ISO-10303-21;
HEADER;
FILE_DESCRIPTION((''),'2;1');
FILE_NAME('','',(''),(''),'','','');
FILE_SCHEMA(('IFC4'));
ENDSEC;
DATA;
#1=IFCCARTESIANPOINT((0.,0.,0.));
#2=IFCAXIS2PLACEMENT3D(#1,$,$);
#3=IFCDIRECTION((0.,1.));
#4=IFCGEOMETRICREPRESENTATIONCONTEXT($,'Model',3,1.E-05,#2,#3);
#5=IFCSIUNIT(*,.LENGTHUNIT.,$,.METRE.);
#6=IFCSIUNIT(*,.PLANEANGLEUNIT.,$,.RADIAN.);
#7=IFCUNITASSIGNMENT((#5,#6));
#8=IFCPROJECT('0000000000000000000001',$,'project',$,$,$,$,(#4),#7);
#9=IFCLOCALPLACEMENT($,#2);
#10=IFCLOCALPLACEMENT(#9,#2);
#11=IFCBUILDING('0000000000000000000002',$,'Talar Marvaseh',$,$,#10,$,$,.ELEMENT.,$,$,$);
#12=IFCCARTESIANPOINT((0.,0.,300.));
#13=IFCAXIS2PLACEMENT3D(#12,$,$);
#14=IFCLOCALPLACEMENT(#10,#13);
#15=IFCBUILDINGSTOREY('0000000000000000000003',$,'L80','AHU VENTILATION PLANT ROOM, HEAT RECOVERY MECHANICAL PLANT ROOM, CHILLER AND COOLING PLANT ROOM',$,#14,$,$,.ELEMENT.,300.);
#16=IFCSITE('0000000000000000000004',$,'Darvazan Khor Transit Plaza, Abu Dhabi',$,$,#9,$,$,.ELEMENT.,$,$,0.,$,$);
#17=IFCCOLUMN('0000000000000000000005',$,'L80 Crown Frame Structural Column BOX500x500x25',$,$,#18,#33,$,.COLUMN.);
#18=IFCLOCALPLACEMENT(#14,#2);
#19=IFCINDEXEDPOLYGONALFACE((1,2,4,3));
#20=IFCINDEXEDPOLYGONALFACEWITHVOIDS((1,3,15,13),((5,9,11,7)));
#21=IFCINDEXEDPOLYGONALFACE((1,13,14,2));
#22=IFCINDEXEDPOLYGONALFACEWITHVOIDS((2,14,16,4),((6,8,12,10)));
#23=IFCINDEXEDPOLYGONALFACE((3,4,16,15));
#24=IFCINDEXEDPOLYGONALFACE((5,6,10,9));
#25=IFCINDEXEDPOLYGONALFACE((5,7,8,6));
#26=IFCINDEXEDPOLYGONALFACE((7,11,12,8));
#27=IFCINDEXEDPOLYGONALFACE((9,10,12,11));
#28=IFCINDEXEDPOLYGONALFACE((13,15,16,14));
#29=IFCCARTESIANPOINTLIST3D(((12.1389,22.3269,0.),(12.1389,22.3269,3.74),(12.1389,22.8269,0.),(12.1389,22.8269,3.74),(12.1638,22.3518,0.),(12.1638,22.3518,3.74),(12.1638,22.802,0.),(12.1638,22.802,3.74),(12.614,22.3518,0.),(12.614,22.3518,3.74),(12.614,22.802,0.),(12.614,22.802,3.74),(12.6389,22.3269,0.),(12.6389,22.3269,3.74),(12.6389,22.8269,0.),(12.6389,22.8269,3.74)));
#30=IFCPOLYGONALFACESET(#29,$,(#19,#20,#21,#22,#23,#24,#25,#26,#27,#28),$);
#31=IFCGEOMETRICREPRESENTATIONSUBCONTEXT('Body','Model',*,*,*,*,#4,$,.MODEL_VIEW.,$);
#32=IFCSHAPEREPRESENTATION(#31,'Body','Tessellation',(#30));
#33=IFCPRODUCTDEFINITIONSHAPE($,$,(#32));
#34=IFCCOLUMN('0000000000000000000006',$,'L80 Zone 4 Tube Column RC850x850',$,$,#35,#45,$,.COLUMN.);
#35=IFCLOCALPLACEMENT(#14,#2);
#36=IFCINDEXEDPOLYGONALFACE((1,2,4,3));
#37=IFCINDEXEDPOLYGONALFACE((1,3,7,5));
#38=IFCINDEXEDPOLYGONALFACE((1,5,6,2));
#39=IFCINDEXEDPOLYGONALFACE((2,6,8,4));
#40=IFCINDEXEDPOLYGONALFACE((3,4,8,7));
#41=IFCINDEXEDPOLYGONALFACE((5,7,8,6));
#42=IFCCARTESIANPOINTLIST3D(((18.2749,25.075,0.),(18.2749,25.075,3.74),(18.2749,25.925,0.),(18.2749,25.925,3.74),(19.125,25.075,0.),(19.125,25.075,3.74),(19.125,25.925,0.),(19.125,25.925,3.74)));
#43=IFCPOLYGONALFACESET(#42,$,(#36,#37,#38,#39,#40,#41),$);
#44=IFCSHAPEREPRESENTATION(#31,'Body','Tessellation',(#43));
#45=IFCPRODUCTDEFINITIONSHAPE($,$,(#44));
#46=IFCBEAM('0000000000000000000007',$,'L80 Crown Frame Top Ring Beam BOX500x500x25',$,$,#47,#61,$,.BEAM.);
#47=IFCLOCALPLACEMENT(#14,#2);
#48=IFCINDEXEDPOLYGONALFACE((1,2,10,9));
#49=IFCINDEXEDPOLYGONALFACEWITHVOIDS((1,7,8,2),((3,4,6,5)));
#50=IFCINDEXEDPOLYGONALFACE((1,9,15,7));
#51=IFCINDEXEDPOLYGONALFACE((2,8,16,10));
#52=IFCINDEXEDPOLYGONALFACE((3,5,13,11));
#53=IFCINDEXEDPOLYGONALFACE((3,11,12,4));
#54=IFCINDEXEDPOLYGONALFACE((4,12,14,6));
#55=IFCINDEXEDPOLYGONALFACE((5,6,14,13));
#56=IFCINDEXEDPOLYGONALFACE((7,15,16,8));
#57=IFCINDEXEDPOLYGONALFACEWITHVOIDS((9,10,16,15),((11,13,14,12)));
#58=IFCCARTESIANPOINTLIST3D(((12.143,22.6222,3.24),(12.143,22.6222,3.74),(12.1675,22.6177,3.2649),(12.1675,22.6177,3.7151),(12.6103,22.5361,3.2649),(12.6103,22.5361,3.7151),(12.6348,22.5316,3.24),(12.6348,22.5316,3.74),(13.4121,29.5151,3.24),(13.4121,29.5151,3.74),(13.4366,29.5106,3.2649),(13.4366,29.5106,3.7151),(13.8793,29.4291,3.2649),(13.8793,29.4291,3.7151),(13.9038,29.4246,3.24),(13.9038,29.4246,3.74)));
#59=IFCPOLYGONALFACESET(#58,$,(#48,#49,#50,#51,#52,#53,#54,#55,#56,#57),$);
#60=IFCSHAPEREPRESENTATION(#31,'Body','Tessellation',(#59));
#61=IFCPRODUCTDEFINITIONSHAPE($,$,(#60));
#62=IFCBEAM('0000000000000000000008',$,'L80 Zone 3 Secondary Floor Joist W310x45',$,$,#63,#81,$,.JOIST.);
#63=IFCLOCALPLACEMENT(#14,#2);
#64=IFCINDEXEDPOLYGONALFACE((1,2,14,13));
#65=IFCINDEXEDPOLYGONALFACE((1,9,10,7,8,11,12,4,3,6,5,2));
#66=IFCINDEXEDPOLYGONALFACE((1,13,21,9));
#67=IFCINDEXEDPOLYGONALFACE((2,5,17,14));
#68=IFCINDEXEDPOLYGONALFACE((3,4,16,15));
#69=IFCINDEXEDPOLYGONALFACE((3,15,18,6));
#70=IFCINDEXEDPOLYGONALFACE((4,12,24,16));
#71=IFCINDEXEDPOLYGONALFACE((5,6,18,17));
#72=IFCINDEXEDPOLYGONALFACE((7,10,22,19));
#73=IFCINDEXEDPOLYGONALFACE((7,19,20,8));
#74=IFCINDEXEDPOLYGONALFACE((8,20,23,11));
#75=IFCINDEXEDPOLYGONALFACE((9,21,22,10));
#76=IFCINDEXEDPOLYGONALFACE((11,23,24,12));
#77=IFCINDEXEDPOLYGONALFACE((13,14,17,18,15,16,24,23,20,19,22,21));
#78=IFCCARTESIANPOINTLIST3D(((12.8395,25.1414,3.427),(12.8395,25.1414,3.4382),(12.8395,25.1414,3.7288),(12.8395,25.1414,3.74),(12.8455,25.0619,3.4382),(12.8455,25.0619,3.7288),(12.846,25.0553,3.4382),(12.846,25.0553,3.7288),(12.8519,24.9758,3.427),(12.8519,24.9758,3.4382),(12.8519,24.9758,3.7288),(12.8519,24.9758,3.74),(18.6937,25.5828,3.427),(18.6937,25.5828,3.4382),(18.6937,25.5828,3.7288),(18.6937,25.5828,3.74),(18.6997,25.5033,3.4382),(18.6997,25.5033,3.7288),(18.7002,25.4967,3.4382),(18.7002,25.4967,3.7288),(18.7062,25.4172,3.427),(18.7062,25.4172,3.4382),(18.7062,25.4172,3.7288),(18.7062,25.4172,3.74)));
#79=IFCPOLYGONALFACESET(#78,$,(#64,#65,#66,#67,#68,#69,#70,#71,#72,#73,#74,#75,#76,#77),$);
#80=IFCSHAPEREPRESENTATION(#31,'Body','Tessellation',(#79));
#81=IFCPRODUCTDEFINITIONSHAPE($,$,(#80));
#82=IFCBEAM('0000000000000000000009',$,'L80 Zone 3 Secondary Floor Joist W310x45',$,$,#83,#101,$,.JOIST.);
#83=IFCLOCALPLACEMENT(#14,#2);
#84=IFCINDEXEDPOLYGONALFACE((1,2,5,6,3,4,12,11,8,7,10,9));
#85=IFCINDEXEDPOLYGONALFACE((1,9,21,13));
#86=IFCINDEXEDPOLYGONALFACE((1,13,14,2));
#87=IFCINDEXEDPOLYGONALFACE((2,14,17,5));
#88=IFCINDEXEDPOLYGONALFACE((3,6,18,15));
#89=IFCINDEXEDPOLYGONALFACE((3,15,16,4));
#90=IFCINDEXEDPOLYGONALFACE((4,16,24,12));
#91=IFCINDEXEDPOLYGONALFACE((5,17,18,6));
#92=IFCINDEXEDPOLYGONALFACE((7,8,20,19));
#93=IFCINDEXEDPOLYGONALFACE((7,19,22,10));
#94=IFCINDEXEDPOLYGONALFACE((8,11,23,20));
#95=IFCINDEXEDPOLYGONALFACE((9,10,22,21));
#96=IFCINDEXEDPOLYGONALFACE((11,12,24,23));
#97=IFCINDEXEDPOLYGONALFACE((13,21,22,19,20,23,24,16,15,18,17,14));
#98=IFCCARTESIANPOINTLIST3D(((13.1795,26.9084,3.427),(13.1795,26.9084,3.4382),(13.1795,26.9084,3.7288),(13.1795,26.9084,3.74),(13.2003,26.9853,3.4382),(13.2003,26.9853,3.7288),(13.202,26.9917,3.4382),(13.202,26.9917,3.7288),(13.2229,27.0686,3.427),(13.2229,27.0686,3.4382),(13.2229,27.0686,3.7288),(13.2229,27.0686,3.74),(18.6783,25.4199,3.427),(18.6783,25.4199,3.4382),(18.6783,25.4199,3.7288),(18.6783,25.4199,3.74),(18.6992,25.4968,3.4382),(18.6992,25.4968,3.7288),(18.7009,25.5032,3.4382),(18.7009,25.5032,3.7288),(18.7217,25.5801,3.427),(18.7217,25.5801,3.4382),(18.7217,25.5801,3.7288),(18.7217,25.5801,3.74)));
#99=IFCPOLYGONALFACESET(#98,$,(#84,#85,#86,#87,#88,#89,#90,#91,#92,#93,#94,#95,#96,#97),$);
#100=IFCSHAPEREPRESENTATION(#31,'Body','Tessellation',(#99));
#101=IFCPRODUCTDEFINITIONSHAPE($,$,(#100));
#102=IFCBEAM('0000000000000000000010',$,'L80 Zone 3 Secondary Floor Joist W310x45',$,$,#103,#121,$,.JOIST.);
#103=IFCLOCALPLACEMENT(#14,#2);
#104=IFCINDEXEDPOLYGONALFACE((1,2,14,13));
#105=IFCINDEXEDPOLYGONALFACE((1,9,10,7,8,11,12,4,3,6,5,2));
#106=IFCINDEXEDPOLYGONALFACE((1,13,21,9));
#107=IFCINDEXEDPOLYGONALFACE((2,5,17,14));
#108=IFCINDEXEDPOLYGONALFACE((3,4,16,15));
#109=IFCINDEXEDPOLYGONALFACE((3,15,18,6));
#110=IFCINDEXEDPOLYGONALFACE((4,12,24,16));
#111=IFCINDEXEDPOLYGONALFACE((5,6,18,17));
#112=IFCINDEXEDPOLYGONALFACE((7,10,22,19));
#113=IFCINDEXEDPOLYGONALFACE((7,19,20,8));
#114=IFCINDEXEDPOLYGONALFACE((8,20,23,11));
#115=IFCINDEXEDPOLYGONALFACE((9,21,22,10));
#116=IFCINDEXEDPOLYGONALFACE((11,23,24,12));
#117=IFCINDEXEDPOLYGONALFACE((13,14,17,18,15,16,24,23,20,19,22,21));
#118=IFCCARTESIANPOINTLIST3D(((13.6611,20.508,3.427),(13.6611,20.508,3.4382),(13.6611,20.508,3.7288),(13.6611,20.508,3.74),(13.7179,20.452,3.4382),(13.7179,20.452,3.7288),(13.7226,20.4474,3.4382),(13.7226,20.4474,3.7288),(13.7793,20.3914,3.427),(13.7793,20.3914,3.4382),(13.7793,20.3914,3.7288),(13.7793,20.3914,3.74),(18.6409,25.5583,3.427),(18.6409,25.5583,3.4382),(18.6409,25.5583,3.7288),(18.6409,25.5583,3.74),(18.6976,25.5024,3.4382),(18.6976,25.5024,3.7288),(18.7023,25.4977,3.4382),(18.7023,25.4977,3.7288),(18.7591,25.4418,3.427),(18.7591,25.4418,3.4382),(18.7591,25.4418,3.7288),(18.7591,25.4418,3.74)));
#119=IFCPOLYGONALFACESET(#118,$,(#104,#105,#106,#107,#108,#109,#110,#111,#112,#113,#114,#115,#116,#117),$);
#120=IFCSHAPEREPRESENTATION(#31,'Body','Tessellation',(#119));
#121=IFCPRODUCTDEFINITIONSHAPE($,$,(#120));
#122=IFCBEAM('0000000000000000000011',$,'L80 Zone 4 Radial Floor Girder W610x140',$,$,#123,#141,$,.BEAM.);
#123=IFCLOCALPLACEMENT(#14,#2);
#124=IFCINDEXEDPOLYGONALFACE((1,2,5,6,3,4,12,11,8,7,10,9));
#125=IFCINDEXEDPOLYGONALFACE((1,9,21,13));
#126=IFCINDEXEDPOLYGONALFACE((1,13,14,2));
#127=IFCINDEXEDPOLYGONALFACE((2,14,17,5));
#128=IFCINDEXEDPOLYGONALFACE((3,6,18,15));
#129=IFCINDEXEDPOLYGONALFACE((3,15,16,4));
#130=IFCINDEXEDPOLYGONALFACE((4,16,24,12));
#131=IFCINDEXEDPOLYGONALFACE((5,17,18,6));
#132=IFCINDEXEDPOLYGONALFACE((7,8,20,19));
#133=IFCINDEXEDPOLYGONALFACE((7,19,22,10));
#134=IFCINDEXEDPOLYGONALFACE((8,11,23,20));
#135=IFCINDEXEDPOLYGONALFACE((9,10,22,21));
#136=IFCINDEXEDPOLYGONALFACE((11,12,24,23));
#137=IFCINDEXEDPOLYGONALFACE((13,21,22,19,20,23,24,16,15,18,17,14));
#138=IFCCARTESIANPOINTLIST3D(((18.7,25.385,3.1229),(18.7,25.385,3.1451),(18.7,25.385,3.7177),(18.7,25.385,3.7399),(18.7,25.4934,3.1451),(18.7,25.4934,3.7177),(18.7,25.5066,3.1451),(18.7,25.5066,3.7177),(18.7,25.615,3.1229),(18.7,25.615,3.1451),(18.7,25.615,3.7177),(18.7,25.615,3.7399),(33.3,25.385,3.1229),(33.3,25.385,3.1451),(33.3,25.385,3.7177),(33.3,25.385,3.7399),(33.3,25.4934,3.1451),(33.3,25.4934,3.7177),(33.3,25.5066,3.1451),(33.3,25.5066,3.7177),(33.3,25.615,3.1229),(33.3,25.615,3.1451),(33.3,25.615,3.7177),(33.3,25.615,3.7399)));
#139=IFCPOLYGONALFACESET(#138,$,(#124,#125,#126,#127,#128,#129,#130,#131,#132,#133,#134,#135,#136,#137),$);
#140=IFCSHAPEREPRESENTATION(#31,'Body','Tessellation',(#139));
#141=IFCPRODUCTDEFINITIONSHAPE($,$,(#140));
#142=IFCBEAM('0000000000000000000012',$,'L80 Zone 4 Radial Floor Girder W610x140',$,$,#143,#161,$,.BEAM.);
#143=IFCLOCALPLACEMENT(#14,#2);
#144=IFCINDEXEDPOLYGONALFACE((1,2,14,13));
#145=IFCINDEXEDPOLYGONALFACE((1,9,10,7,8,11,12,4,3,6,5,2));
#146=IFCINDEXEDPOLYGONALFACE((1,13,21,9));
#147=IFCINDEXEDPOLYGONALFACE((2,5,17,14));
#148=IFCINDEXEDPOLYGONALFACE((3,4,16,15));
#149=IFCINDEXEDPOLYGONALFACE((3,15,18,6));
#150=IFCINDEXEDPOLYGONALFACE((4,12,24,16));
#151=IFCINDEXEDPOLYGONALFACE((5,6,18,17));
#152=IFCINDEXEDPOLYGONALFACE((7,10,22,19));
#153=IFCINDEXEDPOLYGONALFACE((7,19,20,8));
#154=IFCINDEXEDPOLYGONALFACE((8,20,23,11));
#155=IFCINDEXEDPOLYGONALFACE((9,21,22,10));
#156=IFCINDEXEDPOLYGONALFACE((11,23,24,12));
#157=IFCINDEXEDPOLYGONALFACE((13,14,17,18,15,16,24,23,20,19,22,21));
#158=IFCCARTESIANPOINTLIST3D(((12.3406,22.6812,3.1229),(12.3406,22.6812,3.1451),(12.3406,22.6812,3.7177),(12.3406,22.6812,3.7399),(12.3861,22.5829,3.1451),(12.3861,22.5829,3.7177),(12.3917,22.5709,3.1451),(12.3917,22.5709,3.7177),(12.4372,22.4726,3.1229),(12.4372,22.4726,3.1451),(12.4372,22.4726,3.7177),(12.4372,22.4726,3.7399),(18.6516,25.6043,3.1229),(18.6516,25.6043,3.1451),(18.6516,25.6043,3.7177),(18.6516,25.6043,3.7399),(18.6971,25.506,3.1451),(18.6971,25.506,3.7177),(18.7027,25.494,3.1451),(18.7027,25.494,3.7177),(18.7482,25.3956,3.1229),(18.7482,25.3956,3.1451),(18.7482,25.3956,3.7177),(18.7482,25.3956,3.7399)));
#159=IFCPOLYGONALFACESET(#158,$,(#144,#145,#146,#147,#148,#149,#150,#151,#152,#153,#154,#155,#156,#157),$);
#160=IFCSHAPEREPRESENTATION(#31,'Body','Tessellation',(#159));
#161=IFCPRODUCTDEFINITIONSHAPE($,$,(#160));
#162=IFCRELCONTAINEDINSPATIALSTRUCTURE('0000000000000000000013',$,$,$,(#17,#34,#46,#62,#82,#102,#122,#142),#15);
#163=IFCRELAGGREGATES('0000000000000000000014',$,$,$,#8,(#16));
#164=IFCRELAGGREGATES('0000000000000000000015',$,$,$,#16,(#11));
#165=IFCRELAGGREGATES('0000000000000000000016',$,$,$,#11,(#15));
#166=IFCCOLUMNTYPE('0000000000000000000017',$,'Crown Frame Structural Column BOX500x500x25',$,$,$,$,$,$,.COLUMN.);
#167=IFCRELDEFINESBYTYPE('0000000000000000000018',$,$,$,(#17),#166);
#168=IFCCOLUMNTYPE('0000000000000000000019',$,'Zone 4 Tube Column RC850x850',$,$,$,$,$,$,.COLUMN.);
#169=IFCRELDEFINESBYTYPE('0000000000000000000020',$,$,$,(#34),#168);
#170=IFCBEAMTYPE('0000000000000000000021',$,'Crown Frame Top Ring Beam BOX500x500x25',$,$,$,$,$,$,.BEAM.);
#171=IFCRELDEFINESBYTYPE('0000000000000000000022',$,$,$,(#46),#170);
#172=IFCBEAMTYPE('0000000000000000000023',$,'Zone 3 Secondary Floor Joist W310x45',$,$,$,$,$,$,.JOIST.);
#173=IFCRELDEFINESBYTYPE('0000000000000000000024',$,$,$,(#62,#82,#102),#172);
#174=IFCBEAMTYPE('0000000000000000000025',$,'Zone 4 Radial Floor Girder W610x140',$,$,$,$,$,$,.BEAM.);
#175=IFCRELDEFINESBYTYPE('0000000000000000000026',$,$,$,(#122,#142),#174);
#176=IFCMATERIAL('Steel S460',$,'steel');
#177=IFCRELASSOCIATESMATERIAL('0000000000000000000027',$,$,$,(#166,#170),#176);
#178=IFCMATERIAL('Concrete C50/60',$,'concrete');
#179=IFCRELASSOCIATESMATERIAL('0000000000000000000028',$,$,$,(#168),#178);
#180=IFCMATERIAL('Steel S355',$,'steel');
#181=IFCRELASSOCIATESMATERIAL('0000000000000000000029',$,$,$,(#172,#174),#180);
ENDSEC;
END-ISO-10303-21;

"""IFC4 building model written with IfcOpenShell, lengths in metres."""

from ifc_helpers import new_model, si_unit, direction, frame, origin, origin_2d, place, context, subcontext, project, spatial, rectangle, hollow_rectangle, i_section, extrude, material, material_profile, profile_set, type_object, element, save


model = new_model("IFC4")

# Units and contexts
model_context = context("Model", 3, precision=1e-05, world=origin(), true_north=direction((0.0, 1.0)))
body_context = subcontext(model_context, "Body", "Model", "MODEL_VIEW")
ifc_project = project(units=[si_unit("LENGTHUNIT", "METRE"), si_unit("PLANEANGLEUNIT", "RADIAN")], contexts=[model_context])

# Site, building, storey
site_placement = place(None, origin())
site = spatial("IfcSite", under=ifc_project, at=site_placement, Name="Darvazan Khor Transit Plaza, Abu Dhabi", CompositionType="ELEMENT", RefElevation=0.0)
building_placement = place(site_placement, origin())
building = spatial("IfcBuilding", under=site, at=building_placement, Name="Talar Marvaseh", CompositionType="ELEMENT")
storey_placement = place(building_placement, frame((0.0, 0.0, 300.0)))
storey = spatial("IfcBuildingStorey", under=building, at=storey_placement, Name="L80", Description="AHU VENTILATION PLANT ROOM, HEAT RECOVERY MECHANICAL PLANT ROOM, CHILLER AND COOLING PLANT ROOM", CompositionType="ELEMENT", Elevation=300.0)

# Columns
ifc_material_1 = material(Name="Steel S460", Category="steel")
ifc_material_profile_1 = material_profile(ifc_material_1, hollow_rectangle(XDim=0.5, YDim=0.5, WallThickness=0.0249, at=origin_2d()), Name="BOX500x500x25")
ifc_profile_set_1 = profile_set([ifc_material_profile_1], Name="Steel S460")
column_type_1 = type_object("IfcColumnType", Name="Crown Frame Structural Column BOX500x500x25", PredefinedType="COLUMN", material=ifc_profile_set_1)
column_1_placement = place(storey_placement, frame((12.3889, 22.5769, 0.0), z_axis=(0.0, 0.0, 1.0), x_axis=(1.0, 0.0, 0.0)))
element("IfcColumn", 1, at=column_1_placement, inside=storey, type_object=column_type_1, Name="L80 Crown Frame Structural Column BOX500x500x25", PredefinedType="COLUMN", context=body_context, shape_type="SweptSolid", body=[
    extrude(hollow_rectangle(XDim=0.5, YDim=0.5, WallThickness=0.0249, at=origin_2d()), origin(), (0.0, 0.0, 1.0), 3.74),
])
ifc_material_2 = material(Name="Concrete C50/60", Category="concrete")
ifc_material_profile_2 = material_profile(ifc_material_2, rectangle(XDim=0.8501, YDim=0.8501, at=origin_2d()), Name="RC850x850")
ifc_profile_set_2 = profile_set([ifc_material_profile_2], Name="Concrete C50/60")
column_type_2 = type_object("IfcColumnType", Name="Zone 4 Tube Column RC850x850", PredefinedType="COLUMN", material=ifc_profile_set_2)
column_2_placement = place(storey_placement, frame((18.7, 25.5, 0.0), z_axis=(0.0, 0.0, 1.0), x_axis=(1.0, 0.0, 0.0)))
element("IfcColumn", 2, at=column_2_placement, inside=storey, type_object=column_type_2, Name="L80 Zone 4 Tube Column RC850x850", PredefinedType="COLUMN", context=body_context, shape_type="SweptSolid", body=[
    extrude(rectangle(XDim=0.8501, YDim=0.8501, at=origin_2d()), origin(), (0.0, 0.0, 1.0), 3.74),
])

# Beams
ifc_material_profile_3 = material_profile(ifc_material_1, hollow_rectangle(XDim=0.5, YDim=0.5, WallThickness=0.0249, at=origin_2d()), Name="BOX500x500x25")
ifc_profile_set_3 = profile_set([ifc_material_profile_3], Name="Steel S460")
beam_type_1 = type_object("IfcBeamType", Name="Crown Frame Top Ring Beam BOX500x500x25", PredefinedType="BEAM", material=ifc_profile_set_3)
beam_1_placement = place(storey_placement, frame((12.3889, 22.5769, 3.49), z_axis=(0.181061, 0.983472, 0.0), x_axis=(-0.983472, 0.181061, 0.0)))
element("IfcBeam", 3, at=beam_1_placement, inside=storey, type_object=beam_type_1, Name="L80 Crown Frame Top Ring Beam BOX500x500x25", PredefinedType="BEAM", context=body_context, shape_type="SweptSolid", body=[
    extrude(hollow_rectangle(XDim=0.5, YDim=0.5, WallThickness=0.0249, at=origin_2d()), origin(), (0.0, 0.0, 1.0), 7.0088),
])
ifc_material_3 = material(Name="Steel S355", Category="steel")
ifc_material_profile_4 = material_profile(ifc_material_3, i_section(OverallWidth=0.166, OverallDepth=0.313, WebThickness=0.0066, FlangeThickness=0.0112, at=origin_2d()), Name="W310x45")
ifc_profile_set_4 = profile_set([ifc_material_profile_4], Name="Steel S355")
beam_type_2 = type_object("IfcBeamType", Name="Zone 3 Secondary Floor Joist W310x45", PredefinedType="JOIST", material=ifc_profile_set_4)
beam_2_placement = place(storey_placement, frame((12.8457, 25.0586, 3.5835), z_axis=(0.99717, 0.075186, 0.0), x_axis=(-0.075186, 0.99717, 0.0)))
element("IfcBeam", 4, at=beam_2_placement, inside=storey, type_object=beam_type_2, Name="L80 Zone 3 Secondary Floor Joist W310x45", PredefinedType="JOIST", context=body_context, shape_type="SweptSolid", body=[
    extrude(i_section(OverallWidth=0.166, OverallDepth=0.313, WebThickness=0.0066, FlangeThickness=0.0112, at=origin_2d()), origin(), (0.0, 0.0, 1.0), 5.8708),
])
beam_3_placement = place(storey_placement, frame((13.2012, 26.9885, 3.5835), z_axis=(0.965259, -0.261297, 0.0), x_axis=(0.261297, 0.965259, 0.0)))
element("IfcBeam", 5, at=beam_3_placement, inside=storey, type_object=beam_type_2, Name="L80 Zone 3 Secondary Floor Joist W310x45", PredefinedType="JOIST", context=body_context, shape_type="SweptSolid", body=[
    extrude(i_section(OverallWidth=0.166, OverallDepth=0.313, WebThickness=0.0066, FlangeThickness=0.0112, at=origin_2d()), origin(), (0.0, 0.0, 1.0), 5.6968),
])
beam_4_placement = place(storey_placement, frame((13.7202, 20.4497, 3.5835), z_axis=(0.702115, 0.712063, 0.0), x_axis=(-0.712063, 0.702115, 0.0)))
element("IfcBeam", 6, at=beam_4_placement, inside=storey, type_object=beam_type_2, Name="L80 Zone 3 Secondary Floor Joist W310x45", PredefinedType="JOIST", context=body_context, shape_type="SweptSolid", body=[
    extrude(i_section(OverallWidth=0.166, OverallDepth=0.313, WebThickness=0.0066, FlangeThickness=0.0112, at=origin_2d()), origin(), (0.0, 0.0, 1.0), 7.0925),
])
ifc_material_profile_5 = material_profile(ifc_material_3, i_section(OverallWidth=0.23, OverallDepth=0.6169, WebThickness=0.0132, FlangeThickness=0.0222, at=origin_2d()), Name="W610x140")
ifc_profile_set_5 = profile_set([ifc_material_profile_5], Name="Steel S355")
beam_type_3 = type_object("IfcBeamType", Name="Zone 4 Radial Floor Girder W610x140", PredefinedType="BEAM", material=ifc_profile_set_5)
beam_5_placement = place(storey_placement, frame((18.7, 25.5, 3.4314), z_axis=(1.0, 0.0, 0.0), x_axis=(0.0, 1.0, 0.0)))
element("IfcBeam", 7, at=beam_5_placement, inside=storey, type_object=beam_type_3, Name="L80 Zone 4 Radial Floor Girder W610x140", PredefinedType="BEAM", context=body_context, shape_type="SweptSolid", body=[
    extrude(i_section(OverallWidth=0.23, OverallDepth=0.6169, WebThickness=0.0132, FlangeThickness=0.0222, at=origin_2d()), origin(), (0.0, 0.0, 1.0), 14.6001),
])
beam_6_placement = place(storey_placement, frame((12.3889, 22.5769, 3.4314), z_axis=(0.907395, 0.42028, 0.0), x_axis=(-0.42028, 0.907395, 0.0)))
element("IfcBeam", 8, at=beam_6_placement, inside=storey, type_object=beam_type_3, Name="L80 Zone 4 Radial Floor Girder W610x140", PredefinedType="BEAM", context=body_context, shape_type="SweptSolid", body=[
    extrude(i_section(OverallWidth=0.23, OverallDepth=0.6169, WebThickness=0.0132, FlangeThickness=0.0222, at=origin_2d()), origin(), (0.0, 0.0, 1.0), 6.9551),
])

save(model, "model.ifc")
